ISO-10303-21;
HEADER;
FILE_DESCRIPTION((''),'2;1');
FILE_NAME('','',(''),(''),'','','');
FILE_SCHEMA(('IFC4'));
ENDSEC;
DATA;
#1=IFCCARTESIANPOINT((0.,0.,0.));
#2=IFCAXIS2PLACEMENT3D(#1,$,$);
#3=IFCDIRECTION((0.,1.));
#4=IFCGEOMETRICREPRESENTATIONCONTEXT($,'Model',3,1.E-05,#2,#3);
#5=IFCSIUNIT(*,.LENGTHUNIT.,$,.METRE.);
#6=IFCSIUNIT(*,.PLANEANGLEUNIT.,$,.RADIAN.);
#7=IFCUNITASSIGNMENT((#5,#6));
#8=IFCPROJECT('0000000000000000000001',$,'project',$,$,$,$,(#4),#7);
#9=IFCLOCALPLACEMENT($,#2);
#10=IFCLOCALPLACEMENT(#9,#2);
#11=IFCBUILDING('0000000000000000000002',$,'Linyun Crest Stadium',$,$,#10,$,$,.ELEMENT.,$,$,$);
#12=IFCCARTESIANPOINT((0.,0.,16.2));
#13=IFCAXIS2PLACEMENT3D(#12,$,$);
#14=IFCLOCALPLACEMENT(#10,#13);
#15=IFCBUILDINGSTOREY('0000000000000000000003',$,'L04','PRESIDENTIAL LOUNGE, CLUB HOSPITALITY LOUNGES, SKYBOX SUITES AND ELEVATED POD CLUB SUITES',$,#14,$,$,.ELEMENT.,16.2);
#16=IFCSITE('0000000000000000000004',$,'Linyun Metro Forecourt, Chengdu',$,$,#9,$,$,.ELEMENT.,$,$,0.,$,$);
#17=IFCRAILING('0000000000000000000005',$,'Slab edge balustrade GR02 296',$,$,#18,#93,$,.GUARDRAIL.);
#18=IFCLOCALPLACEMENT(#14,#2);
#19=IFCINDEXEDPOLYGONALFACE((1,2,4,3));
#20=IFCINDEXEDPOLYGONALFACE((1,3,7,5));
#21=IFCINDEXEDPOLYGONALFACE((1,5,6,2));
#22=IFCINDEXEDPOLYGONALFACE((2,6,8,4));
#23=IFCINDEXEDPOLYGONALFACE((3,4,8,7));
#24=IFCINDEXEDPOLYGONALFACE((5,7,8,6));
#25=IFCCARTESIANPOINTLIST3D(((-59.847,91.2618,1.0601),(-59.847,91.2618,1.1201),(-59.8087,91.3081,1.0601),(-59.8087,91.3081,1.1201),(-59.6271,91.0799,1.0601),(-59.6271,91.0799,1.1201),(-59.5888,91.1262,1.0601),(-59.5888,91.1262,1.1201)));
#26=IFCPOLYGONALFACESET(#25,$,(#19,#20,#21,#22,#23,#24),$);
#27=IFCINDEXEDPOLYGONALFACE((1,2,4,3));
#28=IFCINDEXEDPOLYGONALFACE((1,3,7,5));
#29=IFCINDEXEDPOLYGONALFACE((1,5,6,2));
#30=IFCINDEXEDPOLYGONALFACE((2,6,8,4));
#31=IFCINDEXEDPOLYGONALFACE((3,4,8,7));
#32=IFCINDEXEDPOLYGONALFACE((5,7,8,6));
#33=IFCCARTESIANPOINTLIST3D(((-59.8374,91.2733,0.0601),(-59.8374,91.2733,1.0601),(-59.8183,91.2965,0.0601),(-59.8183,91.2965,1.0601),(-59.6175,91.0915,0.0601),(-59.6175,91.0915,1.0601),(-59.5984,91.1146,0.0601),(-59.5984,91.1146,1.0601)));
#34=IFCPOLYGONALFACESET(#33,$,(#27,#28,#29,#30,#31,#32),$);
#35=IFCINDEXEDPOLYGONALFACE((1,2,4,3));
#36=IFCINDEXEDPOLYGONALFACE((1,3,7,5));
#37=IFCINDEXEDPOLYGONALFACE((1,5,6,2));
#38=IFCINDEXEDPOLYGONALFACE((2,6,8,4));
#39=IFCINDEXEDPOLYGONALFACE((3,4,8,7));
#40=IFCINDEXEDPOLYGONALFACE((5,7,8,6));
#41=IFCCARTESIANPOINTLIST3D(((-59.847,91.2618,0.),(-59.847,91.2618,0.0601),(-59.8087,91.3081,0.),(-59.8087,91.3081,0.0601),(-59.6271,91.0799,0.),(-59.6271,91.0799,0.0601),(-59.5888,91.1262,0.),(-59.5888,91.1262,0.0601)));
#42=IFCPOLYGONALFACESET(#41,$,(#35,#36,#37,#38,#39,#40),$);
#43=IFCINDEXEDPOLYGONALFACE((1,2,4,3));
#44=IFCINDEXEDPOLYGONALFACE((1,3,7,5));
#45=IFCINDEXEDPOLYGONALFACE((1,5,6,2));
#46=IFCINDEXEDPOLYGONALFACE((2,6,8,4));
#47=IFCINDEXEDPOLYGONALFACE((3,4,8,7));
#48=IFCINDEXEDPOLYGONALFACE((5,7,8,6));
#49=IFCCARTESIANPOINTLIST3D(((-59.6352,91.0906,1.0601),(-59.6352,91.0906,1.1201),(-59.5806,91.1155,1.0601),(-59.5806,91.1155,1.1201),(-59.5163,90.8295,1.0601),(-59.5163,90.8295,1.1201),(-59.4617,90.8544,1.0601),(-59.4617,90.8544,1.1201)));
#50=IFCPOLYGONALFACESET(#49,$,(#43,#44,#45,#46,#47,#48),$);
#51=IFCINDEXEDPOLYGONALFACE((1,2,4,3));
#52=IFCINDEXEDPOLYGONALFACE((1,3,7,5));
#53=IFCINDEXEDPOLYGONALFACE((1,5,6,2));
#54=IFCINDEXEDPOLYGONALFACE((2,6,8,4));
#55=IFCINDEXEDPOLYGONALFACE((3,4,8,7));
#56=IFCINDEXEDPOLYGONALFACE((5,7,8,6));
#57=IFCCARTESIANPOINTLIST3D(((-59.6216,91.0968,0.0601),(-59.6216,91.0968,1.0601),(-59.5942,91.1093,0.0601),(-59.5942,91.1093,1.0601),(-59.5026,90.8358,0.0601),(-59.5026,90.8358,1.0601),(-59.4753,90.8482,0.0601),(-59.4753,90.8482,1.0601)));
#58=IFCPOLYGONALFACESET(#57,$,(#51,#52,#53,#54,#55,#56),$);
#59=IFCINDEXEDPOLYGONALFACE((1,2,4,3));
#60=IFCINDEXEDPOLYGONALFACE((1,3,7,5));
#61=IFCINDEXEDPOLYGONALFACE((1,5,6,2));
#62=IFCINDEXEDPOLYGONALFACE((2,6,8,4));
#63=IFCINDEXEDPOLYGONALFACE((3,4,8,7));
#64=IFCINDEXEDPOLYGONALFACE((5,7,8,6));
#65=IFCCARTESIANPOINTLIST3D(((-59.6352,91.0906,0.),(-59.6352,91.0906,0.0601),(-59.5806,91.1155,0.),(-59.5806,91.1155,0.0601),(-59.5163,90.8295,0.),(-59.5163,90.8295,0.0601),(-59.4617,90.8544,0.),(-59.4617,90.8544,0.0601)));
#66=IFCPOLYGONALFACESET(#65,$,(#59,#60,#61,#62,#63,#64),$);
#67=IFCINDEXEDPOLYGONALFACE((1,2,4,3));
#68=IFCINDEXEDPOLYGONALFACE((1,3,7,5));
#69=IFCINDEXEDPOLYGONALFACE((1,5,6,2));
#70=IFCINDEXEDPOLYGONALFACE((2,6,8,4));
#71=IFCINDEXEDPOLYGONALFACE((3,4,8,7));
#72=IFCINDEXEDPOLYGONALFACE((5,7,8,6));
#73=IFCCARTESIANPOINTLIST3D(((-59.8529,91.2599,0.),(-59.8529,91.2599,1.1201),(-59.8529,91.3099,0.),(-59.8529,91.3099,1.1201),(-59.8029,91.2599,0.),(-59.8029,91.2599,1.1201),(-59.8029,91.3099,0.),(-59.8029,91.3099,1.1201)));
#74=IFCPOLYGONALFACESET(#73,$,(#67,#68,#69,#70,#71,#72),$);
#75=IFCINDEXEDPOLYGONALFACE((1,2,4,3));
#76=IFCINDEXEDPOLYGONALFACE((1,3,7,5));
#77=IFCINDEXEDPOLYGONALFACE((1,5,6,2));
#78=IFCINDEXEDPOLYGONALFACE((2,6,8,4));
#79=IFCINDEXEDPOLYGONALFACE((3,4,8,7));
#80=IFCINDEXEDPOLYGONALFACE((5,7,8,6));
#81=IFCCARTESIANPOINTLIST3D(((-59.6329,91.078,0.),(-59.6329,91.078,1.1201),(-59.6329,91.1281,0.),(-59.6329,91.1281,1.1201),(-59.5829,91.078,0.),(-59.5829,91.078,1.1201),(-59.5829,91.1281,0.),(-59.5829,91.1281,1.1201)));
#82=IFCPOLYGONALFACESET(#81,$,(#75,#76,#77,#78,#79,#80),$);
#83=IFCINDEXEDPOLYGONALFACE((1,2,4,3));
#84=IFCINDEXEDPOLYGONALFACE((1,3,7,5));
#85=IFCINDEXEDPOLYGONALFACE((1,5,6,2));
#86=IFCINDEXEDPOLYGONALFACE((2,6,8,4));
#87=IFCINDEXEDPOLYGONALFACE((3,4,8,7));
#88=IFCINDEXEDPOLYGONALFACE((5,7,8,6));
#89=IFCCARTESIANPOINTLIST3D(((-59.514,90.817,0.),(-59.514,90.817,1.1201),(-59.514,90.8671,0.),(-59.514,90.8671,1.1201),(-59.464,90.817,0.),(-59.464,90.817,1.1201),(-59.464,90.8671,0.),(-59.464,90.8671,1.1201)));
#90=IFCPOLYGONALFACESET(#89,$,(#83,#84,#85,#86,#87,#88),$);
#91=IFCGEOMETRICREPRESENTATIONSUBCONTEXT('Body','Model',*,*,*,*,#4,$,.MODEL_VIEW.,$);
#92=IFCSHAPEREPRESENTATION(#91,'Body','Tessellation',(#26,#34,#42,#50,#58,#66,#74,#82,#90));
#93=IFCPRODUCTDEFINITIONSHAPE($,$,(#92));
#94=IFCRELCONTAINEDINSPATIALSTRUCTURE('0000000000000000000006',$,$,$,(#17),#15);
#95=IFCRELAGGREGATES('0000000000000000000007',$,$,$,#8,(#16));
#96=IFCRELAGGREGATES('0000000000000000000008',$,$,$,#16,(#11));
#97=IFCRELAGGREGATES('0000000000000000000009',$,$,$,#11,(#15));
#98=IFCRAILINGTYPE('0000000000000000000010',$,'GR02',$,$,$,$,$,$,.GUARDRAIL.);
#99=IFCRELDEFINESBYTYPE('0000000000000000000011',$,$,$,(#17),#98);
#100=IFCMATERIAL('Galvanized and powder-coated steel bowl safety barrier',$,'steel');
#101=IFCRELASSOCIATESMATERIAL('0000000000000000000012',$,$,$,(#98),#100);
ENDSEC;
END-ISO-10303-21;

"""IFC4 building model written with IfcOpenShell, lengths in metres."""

from ifc_helpers import new_model, si_unit, direction, frame, origin, origin_2d, place, context, subcontext, project, spatial, rectangle, extrude, material, type_object, element, save


model = new_model("IFC4")

# Units and contexts
model_context = context("Model", 3, precision=1e-05, world=origin(), true_north=direction((0.0, 1.0)))
body_context = subcontext(model_context, "Body", "Model", "MODEL_VIEW")
ifc_project = project(units=[si_unit("LENGTHUNIT", "METRE"), si_unit("PLANEANGLEUNIT", "RADIAN")], contexts=[model_context])

# Site, building, storey
site_placement = place(None, origin())
site = spatial("IfcSite", under=ifc_project, at=site_placement, Name="Linyun Metro Forecourt, Chengdu", CompositionType="ELEMENT", RefElevation=0.0)
building_placement = place(site_placement, origin())
building = spatial("IfcBuilding", under=site, at=building_placement, Name="Linyun Crest Stadium", CompositionType="ELEMENT")
storey_placement = place(building_placement, frame((0.0, 0.0, 16.2)))
storey = spatial("IfcBuildingStorey", under=building, at=storey_placement, Name="L04", Description="PRESIDENTIAL LOUNGE, CLUB HOSPITALITY LOUNGES, SKYBOX SUITES AND ELEVATED POD CLUB SUITES", CompositionType="ELEMENT", Elevation=16.2)

# Railing
ifc_material_1 = material(Name="Galvanized and powder-coated steel bowl safety barrier", Category="steel")
railing_type = type_object("IfcRailingType", Name="GR02", PredefinedType="GUARDRAIL", material=ifc_material_1)
railing_placement = place(storey_placement, frame((-59.8279, 91.2849, 0.0)))
element("IfcRailing", 1, at=railing_placement, inside=storey, type_object=railing_type, Name="Slab edge balustrade GR02 296", PredefinedType="GUARDRAIL", context=body_context, shape_type="SweptSolid", body=[
    extrude(rectangle(XDim=0.0601, YDim=0.0601, at=origin_2d()), frame((0.0, 0.0, 1.0901), z_axis=(0.77067, -0.637235, 0.0), x_axis=(0.637235, 0.77067, 0.0)), (0.0, 0.0, 1.0), 0.2854),
    extrude(rectangle(XDim=0.03, YDim=1.0, at=origin_2d()), frame((0.0, 0.0, 0.5601), z_axis=(0.77067, -0.637235, 0.0), x_axis=(0.637235, 0.77067, 0.0)), (0.0, 0.0, 1.0), 0.2854),
    extrude(rectangle(XDim=0.0601, YDim=0.0601, at=origin_2d()), frame((0.0, 0.0, 0.03), z_axis=(0.77067, -0.637235, 0.0), x_axis=(0.637235, 0.77067, 0.0)), (0.0, 0.0, 1.0), 0.2854),
    extrude(rectangle(XDim=0.0601, YDim=0.0601, at=origin_2d()), frame((0.22, -0.1819, 1.0901), z_axis=(0.414572, -0.910016, 0.0), x_axis=(0.910016, 0.414572, 0.0)), (0.0, 0.0, 1.0), 0.2869),
    extrude(rectangle(XDim=0.03, YDim=1.0, at=origin_2d()), frame((0.22, -0.1819, 0.5601), z_axis=(0.414572, -0.910016, 0.0), x_axis=(0.910016, 0.414572, 0.0)), (0.0, 0.0, 1.0), 0.2869),
    extrude(rectangle(XDim=0.0601, YDim=0.0601, at=origin_2d()), frame((0.22, -0.1819, 0.03), z_axis=(0.414572, -0.910016, 0.0), x_axis=(0.910016, 0.414572, 0.0)), (0.0, 0.0, 1.0), 0.2869),
    extrude(rectangle(XDim=0.05, YDim=0.05, at=origin_2d()), origin(), (0.0, 0.0, 1.0), 1.1201),
    extrude(rectangle(XDim=0.05, YDim=0.05, at=origin_2d()), frame((0.22, -0.1819, 0.0)), (0.0, 0.0, 1.0), 1.1201),
    extrude(rectangle(XDim=0.05, YDim=0.05, at=origin_2d()), frame((0.3389, -0.4429, 0.0)), (0.0, 0.0, 1.0), 1.1201),
])

save(model, "model.ifc")
